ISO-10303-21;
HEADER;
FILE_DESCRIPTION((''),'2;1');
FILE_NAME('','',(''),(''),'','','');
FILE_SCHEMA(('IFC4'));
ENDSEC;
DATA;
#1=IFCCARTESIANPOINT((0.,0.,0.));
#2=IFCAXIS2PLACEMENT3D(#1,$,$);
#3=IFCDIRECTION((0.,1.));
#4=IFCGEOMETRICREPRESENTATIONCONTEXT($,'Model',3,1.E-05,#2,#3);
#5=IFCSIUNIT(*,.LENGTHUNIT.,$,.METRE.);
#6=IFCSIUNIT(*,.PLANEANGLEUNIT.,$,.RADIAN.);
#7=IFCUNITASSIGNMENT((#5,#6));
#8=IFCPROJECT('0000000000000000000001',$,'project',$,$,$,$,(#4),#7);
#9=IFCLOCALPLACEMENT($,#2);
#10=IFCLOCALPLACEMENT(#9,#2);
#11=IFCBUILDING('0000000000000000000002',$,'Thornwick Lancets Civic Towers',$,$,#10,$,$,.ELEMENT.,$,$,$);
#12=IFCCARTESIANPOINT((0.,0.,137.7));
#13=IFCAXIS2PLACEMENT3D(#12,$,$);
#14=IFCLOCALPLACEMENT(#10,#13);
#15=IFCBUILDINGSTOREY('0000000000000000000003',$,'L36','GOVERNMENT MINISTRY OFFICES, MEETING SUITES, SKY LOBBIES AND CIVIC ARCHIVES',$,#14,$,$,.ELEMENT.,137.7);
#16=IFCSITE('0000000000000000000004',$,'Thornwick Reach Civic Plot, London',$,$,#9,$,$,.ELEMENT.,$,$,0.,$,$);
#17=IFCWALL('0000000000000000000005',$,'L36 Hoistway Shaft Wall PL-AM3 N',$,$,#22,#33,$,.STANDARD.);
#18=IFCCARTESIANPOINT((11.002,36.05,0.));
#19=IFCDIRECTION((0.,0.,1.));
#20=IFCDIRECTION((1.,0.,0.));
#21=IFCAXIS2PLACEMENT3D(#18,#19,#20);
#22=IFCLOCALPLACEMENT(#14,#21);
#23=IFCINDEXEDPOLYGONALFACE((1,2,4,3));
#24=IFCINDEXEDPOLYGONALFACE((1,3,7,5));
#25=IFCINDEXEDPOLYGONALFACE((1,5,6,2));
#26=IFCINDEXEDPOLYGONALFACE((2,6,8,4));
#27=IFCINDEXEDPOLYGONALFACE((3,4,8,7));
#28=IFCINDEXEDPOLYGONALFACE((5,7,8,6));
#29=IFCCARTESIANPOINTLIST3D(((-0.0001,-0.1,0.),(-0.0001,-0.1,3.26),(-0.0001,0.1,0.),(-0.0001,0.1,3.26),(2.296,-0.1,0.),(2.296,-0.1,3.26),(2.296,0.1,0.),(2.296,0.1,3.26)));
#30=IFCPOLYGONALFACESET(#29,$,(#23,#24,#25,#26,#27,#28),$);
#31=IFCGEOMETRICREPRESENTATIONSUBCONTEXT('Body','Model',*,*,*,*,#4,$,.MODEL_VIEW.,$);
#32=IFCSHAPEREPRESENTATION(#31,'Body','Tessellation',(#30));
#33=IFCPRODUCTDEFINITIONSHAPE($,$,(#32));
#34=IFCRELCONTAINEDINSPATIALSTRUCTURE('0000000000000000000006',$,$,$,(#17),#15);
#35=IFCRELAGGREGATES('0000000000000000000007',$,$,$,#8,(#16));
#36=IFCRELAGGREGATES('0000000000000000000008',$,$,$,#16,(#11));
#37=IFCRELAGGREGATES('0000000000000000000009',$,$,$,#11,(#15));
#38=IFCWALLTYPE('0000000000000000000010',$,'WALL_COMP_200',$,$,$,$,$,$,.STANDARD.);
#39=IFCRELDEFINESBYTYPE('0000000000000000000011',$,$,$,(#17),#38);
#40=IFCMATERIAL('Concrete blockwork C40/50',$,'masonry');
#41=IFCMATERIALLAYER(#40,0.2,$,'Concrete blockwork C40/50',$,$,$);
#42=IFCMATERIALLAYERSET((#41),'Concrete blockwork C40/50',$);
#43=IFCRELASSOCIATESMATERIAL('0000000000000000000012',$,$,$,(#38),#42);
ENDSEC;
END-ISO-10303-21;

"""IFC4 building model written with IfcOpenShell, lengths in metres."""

from ifc_helpers import new_model, si_unit, direction, frame, frame_2d, origin, place, context, subcontext, project, spatial, rectangle, extrude, material, layer, layer_set, type_object, element, save


model = new_model("IFC4")

# Units and contexts
model_context = context("Model", 3, precision=1e-05, world=origin(), true_north=direction((0.0, 1.0)))
body_context = subcontext(model_context, "Body", "Model", "MODEL_VIEW")
ifc_project = project(units=[si_unit("LENGTHUNIT", "METRE"), si_unit("PLANEANGLEUNIT", "RADIAN")], contexts=[model_context])

# Site, building, storey
site_placement = place(None, origin())
site = spatial("IfcSite", under=ifc_project, at=site_placement, Name="Thornwick Reach Civic Plot, London", CompositionType="ELEMENT", RefElevation=0.0)
building_placement = place(site_placement, origin())
building = spatial("IfcBuilding", under=site, at=building_placement, Name="Thornwick Lancets Civic Towers", CompositionType="ELEMENT")
storey_placement = place(building_placement, frame((0.0, 0.0, 137.7)))
storey = spatial("IfcBuildingStorey", under=building, at=storey_placement, Name="L36", Description="GOVERNMENT MINISTRY OFFICES, MEETING SUITES, SKY LOBBIES AND CIVIC ARCHIVES", CompositionType="ELEMENT", Elevation=137.7)

# Wall
ifc_material_1 = material(Name="Concrete blockwork C40/50", Category="masonry")
ifc_layer_1 = layer(ifc_material_1, 0.2, Name="Concrete blockwork C40/50")
ifc_layer_set_1 = layer_set([ifc_layer_1], Name="Concrete blockwork C40/50")
wall_type_1 = type_object("IfcWallType", Name="WALL_COMP_200", PredefinedType="STANDARD", material=ifc_layer_set_1)
wall_1_placement = place(storey_placement, frame((11.002, 36.05, 0.0), z_axis=(0.0, 0.0, 1.0), x_axis=(1.0, 0.0, 0.0)))
element("IfcWall", 1, at=wall_1_placement, inside=storey, type_object=wall_type_1, Name="L36 Hoistway Shaft Wall PL-AM3 N", PredefinedType="STANDARD", context=body_context, shape_type="SweptSolid", body=[
    extrude(rectangle(XDim=2.2961, YDim=0.2, at=frame_2d((1.1479, 0.0))), origin(), (0.0, 0.0, 1.0), 3.26),
])

save(model, "model.ifc")
